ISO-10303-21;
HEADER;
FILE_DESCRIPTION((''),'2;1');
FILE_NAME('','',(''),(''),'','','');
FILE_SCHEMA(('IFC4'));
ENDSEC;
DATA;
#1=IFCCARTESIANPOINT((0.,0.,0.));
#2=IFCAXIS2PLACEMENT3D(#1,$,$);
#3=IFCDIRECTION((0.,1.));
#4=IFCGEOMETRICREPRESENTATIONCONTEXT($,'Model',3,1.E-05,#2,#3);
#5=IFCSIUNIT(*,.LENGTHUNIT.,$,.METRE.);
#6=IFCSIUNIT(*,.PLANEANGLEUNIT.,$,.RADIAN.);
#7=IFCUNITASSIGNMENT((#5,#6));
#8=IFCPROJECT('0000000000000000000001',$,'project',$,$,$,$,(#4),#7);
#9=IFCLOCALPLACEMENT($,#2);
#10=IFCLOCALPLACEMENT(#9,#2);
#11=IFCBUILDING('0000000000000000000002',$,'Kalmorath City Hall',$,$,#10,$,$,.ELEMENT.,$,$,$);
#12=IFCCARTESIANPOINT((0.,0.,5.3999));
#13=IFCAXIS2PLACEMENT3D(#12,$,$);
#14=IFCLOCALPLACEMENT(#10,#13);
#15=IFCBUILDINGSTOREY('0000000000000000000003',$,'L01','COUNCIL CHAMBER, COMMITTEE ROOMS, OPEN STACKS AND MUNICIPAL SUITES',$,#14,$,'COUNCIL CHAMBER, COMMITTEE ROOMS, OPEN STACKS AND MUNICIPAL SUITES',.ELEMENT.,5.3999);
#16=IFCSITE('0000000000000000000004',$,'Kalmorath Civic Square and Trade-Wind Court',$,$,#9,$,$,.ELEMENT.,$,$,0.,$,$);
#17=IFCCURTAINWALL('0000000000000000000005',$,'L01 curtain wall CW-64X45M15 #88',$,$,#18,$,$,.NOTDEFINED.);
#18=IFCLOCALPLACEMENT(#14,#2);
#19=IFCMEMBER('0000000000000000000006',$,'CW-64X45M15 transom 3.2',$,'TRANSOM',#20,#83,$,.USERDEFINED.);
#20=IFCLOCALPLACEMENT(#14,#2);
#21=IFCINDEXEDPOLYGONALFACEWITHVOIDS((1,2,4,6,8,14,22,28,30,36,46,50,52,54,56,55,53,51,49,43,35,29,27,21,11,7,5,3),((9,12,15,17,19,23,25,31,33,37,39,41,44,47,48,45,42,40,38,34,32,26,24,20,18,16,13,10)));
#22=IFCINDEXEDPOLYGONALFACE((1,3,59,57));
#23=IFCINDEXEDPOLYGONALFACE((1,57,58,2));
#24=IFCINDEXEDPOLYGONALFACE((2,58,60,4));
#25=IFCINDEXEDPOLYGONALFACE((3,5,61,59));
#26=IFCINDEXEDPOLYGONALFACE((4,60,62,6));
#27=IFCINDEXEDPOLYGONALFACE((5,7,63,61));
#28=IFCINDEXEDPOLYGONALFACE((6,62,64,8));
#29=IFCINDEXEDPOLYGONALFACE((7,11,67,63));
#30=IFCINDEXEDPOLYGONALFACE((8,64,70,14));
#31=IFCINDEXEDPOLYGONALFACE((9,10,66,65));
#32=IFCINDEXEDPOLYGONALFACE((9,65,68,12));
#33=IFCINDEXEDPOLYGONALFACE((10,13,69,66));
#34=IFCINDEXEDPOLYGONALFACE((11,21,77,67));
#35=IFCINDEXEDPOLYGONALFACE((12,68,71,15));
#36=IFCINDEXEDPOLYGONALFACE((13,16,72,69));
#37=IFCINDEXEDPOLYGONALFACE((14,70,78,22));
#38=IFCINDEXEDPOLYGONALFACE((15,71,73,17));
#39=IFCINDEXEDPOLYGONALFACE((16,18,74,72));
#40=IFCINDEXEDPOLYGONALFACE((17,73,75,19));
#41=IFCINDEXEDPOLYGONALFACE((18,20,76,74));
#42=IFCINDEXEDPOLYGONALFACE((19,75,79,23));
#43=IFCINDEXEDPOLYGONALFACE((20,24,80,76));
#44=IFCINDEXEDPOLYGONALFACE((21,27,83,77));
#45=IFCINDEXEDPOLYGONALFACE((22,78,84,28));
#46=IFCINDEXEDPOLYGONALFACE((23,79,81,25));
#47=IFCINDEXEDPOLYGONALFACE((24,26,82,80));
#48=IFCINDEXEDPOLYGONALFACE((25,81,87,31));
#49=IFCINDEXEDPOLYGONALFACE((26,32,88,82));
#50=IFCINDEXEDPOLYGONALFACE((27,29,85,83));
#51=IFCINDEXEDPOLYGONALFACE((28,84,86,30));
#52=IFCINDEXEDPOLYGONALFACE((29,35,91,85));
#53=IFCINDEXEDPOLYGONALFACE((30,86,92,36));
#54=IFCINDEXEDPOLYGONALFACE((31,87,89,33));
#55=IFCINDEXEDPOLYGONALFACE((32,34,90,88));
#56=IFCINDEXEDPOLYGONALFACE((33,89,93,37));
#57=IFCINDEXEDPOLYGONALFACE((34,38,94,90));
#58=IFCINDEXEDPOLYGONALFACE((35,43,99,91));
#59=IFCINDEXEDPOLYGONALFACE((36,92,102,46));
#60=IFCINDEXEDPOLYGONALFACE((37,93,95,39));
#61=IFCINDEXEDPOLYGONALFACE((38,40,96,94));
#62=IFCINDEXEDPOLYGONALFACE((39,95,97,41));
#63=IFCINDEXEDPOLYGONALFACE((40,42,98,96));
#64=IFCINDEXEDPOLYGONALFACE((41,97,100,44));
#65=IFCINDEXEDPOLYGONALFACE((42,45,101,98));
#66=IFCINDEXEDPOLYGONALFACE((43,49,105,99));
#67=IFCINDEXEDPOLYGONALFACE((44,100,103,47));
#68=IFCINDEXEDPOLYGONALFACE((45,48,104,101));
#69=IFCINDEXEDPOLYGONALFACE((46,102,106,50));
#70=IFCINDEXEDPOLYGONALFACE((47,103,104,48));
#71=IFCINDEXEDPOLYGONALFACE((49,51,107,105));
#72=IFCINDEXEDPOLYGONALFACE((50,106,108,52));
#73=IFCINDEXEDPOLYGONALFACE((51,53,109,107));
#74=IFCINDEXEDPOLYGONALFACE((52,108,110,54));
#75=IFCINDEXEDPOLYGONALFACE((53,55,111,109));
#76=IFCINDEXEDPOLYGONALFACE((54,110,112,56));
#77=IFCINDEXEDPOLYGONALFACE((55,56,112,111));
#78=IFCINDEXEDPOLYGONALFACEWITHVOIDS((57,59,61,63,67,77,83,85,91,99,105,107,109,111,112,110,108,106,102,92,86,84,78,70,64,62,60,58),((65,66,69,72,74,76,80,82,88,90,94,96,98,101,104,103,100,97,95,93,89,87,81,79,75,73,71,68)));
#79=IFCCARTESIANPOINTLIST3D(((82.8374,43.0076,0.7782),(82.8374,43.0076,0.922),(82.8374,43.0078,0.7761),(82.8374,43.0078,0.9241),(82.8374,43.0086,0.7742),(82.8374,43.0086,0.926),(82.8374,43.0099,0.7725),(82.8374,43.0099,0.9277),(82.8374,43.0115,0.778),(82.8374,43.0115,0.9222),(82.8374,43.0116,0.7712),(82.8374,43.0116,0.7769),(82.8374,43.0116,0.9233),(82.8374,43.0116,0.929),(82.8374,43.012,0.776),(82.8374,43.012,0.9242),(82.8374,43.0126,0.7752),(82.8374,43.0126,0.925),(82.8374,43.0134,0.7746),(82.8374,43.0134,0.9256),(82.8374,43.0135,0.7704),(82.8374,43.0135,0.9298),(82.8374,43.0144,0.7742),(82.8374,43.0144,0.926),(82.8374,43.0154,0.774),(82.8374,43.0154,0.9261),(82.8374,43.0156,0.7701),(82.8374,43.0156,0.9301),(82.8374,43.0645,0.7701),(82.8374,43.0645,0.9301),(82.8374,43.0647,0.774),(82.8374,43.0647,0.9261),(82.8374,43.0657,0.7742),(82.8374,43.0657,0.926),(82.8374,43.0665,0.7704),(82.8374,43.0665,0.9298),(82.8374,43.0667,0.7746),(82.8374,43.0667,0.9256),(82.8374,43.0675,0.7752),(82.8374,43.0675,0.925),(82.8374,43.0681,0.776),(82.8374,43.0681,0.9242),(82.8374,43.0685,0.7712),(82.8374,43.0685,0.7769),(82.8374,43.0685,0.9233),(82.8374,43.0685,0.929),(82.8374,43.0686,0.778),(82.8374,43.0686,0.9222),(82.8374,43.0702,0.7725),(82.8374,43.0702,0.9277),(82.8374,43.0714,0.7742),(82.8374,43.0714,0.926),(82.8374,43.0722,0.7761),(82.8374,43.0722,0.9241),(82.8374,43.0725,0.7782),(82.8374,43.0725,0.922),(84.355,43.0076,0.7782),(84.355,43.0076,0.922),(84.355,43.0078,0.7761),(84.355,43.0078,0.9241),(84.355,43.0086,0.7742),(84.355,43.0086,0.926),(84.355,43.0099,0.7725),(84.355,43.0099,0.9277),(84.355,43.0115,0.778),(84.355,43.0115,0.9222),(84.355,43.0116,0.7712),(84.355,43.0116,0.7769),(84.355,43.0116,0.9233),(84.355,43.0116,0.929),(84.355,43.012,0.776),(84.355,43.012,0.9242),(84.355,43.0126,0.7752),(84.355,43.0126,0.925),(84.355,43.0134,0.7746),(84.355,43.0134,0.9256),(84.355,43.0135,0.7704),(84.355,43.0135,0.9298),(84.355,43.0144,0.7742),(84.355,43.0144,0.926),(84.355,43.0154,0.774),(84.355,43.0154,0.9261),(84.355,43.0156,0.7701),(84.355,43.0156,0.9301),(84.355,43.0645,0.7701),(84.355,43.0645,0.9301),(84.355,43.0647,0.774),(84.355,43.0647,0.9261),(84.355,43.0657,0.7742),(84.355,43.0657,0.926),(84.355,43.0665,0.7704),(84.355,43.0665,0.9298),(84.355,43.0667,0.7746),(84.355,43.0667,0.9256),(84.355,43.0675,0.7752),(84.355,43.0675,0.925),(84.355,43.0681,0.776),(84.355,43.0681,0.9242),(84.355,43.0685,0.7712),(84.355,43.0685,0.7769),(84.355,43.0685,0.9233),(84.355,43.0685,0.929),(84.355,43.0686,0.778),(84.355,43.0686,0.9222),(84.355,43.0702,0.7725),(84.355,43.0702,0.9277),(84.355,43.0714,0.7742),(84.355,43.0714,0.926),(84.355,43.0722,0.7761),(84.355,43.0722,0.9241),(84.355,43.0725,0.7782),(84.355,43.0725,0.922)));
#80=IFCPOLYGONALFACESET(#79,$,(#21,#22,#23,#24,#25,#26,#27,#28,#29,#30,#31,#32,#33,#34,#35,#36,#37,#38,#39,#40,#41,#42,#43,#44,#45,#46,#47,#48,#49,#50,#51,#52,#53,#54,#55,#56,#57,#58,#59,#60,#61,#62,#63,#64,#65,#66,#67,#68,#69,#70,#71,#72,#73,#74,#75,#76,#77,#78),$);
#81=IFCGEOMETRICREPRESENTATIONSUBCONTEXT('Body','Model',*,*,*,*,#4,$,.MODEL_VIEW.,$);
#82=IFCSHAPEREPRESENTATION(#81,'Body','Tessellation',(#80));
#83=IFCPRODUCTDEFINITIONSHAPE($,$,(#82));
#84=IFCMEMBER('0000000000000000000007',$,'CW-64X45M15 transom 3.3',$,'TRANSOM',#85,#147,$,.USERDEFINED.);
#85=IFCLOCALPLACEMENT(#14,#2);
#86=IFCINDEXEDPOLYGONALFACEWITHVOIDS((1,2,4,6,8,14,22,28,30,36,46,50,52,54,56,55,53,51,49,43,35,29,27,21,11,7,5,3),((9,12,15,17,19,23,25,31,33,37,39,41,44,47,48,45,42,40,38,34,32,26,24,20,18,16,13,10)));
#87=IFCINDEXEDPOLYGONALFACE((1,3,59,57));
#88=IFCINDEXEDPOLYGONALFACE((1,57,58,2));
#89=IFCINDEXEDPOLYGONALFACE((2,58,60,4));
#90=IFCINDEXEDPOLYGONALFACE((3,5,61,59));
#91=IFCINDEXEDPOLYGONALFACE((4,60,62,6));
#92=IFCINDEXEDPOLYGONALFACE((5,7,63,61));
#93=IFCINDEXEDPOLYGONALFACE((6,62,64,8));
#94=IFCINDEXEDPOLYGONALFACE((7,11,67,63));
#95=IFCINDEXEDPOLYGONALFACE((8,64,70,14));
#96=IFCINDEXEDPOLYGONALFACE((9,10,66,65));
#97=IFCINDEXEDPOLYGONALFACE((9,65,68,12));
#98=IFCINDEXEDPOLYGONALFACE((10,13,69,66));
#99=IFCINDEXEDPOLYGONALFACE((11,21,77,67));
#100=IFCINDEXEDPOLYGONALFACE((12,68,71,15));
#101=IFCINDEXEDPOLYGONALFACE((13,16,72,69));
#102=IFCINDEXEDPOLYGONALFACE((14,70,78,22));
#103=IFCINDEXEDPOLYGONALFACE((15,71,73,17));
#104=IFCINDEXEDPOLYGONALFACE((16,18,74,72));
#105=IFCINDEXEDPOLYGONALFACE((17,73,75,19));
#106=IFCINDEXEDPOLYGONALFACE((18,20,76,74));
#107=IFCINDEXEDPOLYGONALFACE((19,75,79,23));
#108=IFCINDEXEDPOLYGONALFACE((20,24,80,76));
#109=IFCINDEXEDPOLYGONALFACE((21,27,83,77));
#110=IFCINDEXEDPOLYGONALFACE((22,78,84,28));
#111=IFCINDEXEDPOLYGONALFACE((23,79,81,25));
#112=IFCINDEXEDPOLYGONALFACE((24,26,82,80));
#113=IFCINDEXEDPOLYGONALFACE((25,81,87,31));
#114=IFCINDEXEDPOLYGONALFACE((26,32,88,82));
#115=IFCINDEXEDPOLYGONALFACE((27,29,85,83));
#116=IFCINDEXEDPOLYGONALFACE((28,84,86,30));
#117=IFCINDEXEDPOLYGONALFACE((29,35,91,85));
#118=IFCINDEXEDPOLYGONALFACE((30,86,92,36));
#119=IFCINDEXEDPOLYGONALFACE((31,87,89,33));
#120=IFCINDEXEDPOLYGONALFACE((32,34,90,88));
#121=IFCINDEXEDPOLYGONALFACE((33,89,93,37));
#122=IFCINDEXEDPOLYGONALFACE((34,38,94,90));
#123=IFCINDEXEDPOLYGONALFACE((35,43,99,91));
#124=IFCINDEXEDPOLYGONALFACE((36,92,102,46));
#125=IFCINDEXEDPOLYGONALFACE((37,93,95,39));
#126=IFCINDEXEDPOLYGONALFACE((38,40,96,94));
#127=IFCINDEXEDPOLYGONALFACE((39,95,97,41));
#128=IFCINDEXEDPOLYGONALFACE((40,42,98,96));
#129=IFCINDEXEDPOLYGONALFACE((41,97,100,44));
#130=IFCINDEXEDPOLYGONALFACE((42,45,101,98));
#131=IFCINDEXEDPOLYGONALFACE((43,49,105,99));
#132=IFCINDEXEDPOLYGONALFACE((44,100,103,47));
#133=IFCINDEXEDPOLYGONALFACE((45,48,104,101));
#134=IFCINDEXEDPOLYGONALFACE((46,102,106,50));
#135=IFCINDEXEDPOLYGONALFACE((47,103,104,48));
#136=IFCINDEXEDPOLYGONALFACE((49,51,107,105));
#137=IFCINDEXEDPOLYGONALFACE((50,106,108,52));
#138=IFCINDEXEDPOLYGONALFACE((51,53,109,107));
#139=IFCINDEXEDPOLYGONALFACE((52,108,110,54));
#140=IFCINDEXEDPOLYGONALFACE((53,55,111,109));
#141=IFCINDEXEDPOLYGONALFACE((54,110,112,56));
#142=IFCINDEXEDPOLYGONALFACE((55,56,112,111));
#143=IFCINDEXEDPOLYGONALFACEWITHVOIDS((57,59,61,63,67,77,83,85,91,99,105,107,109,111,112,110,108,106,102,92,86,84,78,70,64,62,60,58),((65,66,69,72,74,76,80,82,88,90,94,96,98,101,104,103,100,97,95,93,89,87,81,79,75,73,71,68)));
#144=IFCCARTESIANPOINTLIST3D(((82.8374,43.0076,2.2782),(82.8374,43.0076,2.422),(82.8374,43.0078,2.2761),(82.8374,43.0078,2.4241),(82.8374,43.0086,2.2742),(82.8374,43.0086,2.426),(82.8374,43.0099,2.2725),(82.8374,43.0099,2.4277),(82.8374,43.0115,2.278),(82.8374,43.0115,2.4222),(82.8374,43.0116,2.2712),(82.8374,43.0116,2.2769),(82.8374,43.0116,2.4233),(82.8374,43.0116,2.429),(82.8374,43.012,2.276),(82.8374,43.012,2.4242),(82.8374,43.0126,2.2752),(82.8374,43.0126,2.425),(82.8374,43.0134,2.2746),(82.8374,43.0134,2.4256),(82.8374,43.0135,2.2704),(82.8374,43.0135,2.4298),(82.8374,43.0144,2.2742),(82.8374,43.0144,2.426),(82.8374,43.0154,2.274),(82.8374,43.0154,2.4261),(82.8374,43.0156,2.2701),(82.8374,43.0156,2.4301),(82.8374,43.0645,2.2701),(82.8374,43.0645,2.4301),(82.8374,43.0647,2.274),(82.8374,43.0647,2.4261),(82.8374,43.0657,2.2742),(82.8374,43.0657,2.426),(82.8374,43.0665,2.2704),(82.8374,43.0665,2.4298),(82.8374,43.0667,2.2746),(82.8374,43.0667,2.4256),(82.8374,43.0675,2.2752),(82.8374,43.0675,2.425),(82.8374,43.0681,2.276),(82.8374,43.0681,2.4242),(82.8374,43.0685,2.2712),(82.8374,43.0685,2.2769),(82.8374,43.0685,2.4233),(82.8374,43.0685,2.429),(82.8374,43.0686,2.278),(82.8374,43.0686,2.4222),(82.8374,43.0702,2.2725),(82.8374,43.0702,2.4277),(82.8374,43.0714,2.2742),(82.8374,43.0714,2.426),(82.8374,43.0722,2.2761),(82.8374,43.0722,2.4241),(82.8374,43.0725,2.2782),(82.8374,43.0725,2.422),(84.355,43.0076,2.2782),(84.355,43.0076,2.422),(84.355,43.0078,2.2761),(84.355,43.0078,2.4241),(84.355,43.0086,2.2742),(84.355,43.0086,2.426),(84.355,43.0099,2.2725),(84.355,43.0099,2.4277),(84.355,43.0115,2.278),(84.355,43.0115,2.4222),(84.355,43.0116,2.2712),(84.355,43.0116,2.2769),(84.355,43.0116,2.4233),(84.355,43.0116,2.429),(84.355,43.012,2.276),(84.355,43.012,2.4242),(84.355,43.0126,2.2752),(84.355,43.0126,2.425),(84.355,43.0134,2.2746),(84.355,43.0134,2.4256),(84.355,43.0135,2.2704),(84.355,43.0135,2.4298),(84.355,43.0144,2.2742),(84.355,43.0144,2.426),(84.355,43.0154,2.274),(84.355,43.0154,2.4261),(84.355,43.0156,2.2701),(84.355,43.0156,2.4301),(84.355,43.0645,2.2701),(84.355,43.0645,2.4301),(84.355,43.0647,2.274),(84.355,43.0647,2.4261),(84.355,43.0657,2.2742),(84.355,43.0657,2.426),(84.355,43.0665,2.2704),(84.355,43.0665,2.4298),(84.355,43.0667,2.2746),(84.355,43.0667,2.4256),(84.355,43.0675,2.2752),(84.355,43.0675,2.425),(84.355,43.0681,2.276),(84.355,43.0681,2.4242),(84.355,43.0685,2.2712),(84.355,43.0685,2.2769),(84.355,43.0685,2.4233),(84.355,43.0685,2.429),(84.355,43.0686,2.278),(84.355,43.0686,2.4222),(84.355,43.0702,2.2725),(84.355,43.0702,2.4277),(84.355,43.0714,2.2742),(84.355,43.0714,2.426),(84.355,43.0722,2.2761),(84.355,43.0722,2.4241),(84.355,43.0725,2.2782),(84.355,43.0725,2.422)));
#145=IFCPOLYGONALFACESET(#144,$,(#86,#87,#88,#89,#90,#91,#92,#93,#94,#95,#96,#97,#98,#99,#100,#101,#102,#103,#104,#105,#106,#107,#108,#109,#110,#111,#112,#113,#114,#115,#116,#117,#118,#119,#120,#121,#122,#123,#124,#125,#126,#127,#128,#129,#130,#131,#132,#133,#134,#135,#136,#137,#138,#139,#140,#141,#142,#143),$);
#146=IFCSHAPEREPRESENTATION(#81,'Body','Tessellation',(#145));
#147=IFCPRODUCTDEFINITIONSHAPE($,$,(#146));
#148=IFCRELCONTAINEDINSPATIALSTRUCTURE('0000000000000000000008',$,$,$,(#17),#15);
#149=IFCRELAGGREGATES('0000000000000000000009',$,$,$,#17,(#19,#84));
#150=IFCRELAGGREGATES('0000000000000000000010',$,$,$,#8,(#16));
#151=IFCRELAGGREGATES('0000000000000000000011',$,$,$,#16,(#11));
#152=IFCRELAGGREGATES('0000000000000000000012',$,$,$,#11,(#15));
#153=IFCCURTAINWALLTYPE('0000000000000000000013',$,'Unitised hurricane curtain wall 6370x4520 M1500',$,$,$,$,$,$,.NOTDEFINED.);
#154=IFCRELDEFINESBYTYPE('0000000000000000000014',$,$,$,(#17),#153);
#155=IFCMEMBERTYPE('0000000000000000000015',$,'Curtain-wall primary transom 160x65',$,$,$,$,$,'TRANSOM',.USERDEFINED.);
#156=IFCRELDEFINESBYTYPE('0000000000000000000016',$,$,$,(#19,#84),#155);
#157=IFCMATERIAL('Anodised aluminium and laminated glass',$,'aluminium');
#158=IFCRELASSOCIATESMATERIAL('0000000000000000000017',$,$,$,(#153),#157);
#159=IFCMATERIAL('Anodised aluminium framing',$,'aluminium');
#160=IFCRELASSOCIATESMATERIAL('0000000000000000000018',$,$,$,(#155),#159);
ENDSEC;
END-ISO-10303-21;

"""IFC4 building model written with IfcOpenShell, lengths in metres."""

from ifc_helpers import new_model, si_unit, direction, frame, origin, origin_2d, place, context, subcontext, project, spatial, hollow_rectangle, extrude, material, material_profile, profile_set, type_object, element, aggregate, save


model = new_model("IFC4")

# Units and contexts
model_context = context("Model", 3, precision=1e-05, world=origin(), true_north=direction((0.0, 1.0)))
body_context = subcontext(model_context, "Body", "Model", "MODEL_VIEW")
ifc_project = project(units=[si_unit("LENGTHUNIT", "METRE"), si_unit("PLANEANGLEUNIT", "RADIAN")], contexts=[model_context])

# Site, building, storey
site_placement = place(None, origin())
site = spatial("IfcSite", under=ifc_project, at=site_placement, Name="Kalmorath Civic Square and Trade-Wind Court", CompositionType="ELEMENT", RefElevation=0.0)
building_placement = place(site_placement, origin())
building = spatial("IfcBuilding", under=site, at=building_placement, Name="Kalmorath City Hall", CompositionType="ELEMENT")
storey_placement = place(building_placement, frame((0.0, 0.0, 5.3999)))
storey = spatial("IfcBuildingStorey", under=building, at=storey_placement, Name="L01", Description="COUNCIL CHAMBER, COMMITTEE ROOMS, OPEN STACKS AND MUNICIPAL SUITES", LongName="COUNCIL CHAMBER, COMMITTEE ROOMS, OPEN STACKS AND MUNICIPAL SUITES", CompositionType="ELEMENT", Elevation=5.3999)

# Curtain wall
ifc_material_1 = material(Name="Anodised aluminium and laminated glass", Category="aluminium")
curtain_wall_type_1 = type_object("IfcCurtainWallType", Name="Unitised hurricane curtain wall 6370x4520 M1500", PredefinedType="NOTDEFINED", material=ifc_material_1)
curtain_wall_1_placement = place(storey_placement, origin())
curtain_wall_1 = element("IfcCurtainWall", 1, at=curtain_wall_1_placement, inside=storey, type_object=curtain_wall_type_1, Name="L01 curtain wall CW-64X45M15 #88", PredefinedType="NOTDEFINED")

# Members
ifc_material_2 = material(Name="Anodised aluminium framing", Category="aluminium")
ifc_material_profile_1 = material_profile(ifc_material_2, hollow_rectangle(XDim=0.0649, YDim=0.1599, WallThickness=0.0039, InnerFilletRadius=0.0039, OuterFilletRadius=0.0081, at=origin_2d()), Name="ALU-TRN-160X65X4")
ifc_profile_set_1 = profile_set([ifc_material_profile_1], Name="Anodised aluminium framing")
member_type_1 = type_object("IfcMemberType", Name="Curtain-wall primary transom 160x65", ElementType="TRANSOM", PredefinedType="USERDEFINED", material=ifc_profile_set_1)
member_1_placement = place(storey_placement, frame((82.8374, 43.04, 0.8501), z_axis=(1.0, 0.0, 0.0), x_axis=(0.0, 1.0, 0.0)))
member_1 = element("IfcMember", 2, at=member_1_placement, type_object=member_type_1, Name="CW-64X45M15 transom 3.2", ObjectType="TRANSOM", PredefinedType="USERDEFINED", context=body_context, shape_type="SweptSolid", body=[
    extrude(hollow_rectangle(XDim=0.0649, YDim=0.1599, WallThickness=0.0039, InnerFilletRadius=0.0039, OuterFilletRadius=0.0081, at=origin_2d()), origin(), (0.0, 0.0, 1.0), 1.5176),
])
member_2_placement = place(storey_placement, frame((82.8374, 43.04, 2.3501), z_axis=(1.0, 0.0, 0.0), x_axis=(0.0, 1.0, 0.0)))
member_2 = element("IfcMember", 3, at=member_2_placement, type_object=member_type_1, Name="CW-64X45M15 transom 3.3", ObjectType="TRANSOM", PredefinedType="USERDEFINED", context=body_context, shape_type="SweptSolid", body=[
    extrude(hollow_rectangle(XDim=0.0649, YDim=0.1599, WallThickness=0.0039, InnerFilletRadius=0.0039, OuterFilletRadius=0.0081, at=origin_2d()), origin(), (0.0, 0.0, 1.0), 1.5176),
])

aggregate(curtain_wall_1, [member_1, member_2])

save(model, "model.ifc")
